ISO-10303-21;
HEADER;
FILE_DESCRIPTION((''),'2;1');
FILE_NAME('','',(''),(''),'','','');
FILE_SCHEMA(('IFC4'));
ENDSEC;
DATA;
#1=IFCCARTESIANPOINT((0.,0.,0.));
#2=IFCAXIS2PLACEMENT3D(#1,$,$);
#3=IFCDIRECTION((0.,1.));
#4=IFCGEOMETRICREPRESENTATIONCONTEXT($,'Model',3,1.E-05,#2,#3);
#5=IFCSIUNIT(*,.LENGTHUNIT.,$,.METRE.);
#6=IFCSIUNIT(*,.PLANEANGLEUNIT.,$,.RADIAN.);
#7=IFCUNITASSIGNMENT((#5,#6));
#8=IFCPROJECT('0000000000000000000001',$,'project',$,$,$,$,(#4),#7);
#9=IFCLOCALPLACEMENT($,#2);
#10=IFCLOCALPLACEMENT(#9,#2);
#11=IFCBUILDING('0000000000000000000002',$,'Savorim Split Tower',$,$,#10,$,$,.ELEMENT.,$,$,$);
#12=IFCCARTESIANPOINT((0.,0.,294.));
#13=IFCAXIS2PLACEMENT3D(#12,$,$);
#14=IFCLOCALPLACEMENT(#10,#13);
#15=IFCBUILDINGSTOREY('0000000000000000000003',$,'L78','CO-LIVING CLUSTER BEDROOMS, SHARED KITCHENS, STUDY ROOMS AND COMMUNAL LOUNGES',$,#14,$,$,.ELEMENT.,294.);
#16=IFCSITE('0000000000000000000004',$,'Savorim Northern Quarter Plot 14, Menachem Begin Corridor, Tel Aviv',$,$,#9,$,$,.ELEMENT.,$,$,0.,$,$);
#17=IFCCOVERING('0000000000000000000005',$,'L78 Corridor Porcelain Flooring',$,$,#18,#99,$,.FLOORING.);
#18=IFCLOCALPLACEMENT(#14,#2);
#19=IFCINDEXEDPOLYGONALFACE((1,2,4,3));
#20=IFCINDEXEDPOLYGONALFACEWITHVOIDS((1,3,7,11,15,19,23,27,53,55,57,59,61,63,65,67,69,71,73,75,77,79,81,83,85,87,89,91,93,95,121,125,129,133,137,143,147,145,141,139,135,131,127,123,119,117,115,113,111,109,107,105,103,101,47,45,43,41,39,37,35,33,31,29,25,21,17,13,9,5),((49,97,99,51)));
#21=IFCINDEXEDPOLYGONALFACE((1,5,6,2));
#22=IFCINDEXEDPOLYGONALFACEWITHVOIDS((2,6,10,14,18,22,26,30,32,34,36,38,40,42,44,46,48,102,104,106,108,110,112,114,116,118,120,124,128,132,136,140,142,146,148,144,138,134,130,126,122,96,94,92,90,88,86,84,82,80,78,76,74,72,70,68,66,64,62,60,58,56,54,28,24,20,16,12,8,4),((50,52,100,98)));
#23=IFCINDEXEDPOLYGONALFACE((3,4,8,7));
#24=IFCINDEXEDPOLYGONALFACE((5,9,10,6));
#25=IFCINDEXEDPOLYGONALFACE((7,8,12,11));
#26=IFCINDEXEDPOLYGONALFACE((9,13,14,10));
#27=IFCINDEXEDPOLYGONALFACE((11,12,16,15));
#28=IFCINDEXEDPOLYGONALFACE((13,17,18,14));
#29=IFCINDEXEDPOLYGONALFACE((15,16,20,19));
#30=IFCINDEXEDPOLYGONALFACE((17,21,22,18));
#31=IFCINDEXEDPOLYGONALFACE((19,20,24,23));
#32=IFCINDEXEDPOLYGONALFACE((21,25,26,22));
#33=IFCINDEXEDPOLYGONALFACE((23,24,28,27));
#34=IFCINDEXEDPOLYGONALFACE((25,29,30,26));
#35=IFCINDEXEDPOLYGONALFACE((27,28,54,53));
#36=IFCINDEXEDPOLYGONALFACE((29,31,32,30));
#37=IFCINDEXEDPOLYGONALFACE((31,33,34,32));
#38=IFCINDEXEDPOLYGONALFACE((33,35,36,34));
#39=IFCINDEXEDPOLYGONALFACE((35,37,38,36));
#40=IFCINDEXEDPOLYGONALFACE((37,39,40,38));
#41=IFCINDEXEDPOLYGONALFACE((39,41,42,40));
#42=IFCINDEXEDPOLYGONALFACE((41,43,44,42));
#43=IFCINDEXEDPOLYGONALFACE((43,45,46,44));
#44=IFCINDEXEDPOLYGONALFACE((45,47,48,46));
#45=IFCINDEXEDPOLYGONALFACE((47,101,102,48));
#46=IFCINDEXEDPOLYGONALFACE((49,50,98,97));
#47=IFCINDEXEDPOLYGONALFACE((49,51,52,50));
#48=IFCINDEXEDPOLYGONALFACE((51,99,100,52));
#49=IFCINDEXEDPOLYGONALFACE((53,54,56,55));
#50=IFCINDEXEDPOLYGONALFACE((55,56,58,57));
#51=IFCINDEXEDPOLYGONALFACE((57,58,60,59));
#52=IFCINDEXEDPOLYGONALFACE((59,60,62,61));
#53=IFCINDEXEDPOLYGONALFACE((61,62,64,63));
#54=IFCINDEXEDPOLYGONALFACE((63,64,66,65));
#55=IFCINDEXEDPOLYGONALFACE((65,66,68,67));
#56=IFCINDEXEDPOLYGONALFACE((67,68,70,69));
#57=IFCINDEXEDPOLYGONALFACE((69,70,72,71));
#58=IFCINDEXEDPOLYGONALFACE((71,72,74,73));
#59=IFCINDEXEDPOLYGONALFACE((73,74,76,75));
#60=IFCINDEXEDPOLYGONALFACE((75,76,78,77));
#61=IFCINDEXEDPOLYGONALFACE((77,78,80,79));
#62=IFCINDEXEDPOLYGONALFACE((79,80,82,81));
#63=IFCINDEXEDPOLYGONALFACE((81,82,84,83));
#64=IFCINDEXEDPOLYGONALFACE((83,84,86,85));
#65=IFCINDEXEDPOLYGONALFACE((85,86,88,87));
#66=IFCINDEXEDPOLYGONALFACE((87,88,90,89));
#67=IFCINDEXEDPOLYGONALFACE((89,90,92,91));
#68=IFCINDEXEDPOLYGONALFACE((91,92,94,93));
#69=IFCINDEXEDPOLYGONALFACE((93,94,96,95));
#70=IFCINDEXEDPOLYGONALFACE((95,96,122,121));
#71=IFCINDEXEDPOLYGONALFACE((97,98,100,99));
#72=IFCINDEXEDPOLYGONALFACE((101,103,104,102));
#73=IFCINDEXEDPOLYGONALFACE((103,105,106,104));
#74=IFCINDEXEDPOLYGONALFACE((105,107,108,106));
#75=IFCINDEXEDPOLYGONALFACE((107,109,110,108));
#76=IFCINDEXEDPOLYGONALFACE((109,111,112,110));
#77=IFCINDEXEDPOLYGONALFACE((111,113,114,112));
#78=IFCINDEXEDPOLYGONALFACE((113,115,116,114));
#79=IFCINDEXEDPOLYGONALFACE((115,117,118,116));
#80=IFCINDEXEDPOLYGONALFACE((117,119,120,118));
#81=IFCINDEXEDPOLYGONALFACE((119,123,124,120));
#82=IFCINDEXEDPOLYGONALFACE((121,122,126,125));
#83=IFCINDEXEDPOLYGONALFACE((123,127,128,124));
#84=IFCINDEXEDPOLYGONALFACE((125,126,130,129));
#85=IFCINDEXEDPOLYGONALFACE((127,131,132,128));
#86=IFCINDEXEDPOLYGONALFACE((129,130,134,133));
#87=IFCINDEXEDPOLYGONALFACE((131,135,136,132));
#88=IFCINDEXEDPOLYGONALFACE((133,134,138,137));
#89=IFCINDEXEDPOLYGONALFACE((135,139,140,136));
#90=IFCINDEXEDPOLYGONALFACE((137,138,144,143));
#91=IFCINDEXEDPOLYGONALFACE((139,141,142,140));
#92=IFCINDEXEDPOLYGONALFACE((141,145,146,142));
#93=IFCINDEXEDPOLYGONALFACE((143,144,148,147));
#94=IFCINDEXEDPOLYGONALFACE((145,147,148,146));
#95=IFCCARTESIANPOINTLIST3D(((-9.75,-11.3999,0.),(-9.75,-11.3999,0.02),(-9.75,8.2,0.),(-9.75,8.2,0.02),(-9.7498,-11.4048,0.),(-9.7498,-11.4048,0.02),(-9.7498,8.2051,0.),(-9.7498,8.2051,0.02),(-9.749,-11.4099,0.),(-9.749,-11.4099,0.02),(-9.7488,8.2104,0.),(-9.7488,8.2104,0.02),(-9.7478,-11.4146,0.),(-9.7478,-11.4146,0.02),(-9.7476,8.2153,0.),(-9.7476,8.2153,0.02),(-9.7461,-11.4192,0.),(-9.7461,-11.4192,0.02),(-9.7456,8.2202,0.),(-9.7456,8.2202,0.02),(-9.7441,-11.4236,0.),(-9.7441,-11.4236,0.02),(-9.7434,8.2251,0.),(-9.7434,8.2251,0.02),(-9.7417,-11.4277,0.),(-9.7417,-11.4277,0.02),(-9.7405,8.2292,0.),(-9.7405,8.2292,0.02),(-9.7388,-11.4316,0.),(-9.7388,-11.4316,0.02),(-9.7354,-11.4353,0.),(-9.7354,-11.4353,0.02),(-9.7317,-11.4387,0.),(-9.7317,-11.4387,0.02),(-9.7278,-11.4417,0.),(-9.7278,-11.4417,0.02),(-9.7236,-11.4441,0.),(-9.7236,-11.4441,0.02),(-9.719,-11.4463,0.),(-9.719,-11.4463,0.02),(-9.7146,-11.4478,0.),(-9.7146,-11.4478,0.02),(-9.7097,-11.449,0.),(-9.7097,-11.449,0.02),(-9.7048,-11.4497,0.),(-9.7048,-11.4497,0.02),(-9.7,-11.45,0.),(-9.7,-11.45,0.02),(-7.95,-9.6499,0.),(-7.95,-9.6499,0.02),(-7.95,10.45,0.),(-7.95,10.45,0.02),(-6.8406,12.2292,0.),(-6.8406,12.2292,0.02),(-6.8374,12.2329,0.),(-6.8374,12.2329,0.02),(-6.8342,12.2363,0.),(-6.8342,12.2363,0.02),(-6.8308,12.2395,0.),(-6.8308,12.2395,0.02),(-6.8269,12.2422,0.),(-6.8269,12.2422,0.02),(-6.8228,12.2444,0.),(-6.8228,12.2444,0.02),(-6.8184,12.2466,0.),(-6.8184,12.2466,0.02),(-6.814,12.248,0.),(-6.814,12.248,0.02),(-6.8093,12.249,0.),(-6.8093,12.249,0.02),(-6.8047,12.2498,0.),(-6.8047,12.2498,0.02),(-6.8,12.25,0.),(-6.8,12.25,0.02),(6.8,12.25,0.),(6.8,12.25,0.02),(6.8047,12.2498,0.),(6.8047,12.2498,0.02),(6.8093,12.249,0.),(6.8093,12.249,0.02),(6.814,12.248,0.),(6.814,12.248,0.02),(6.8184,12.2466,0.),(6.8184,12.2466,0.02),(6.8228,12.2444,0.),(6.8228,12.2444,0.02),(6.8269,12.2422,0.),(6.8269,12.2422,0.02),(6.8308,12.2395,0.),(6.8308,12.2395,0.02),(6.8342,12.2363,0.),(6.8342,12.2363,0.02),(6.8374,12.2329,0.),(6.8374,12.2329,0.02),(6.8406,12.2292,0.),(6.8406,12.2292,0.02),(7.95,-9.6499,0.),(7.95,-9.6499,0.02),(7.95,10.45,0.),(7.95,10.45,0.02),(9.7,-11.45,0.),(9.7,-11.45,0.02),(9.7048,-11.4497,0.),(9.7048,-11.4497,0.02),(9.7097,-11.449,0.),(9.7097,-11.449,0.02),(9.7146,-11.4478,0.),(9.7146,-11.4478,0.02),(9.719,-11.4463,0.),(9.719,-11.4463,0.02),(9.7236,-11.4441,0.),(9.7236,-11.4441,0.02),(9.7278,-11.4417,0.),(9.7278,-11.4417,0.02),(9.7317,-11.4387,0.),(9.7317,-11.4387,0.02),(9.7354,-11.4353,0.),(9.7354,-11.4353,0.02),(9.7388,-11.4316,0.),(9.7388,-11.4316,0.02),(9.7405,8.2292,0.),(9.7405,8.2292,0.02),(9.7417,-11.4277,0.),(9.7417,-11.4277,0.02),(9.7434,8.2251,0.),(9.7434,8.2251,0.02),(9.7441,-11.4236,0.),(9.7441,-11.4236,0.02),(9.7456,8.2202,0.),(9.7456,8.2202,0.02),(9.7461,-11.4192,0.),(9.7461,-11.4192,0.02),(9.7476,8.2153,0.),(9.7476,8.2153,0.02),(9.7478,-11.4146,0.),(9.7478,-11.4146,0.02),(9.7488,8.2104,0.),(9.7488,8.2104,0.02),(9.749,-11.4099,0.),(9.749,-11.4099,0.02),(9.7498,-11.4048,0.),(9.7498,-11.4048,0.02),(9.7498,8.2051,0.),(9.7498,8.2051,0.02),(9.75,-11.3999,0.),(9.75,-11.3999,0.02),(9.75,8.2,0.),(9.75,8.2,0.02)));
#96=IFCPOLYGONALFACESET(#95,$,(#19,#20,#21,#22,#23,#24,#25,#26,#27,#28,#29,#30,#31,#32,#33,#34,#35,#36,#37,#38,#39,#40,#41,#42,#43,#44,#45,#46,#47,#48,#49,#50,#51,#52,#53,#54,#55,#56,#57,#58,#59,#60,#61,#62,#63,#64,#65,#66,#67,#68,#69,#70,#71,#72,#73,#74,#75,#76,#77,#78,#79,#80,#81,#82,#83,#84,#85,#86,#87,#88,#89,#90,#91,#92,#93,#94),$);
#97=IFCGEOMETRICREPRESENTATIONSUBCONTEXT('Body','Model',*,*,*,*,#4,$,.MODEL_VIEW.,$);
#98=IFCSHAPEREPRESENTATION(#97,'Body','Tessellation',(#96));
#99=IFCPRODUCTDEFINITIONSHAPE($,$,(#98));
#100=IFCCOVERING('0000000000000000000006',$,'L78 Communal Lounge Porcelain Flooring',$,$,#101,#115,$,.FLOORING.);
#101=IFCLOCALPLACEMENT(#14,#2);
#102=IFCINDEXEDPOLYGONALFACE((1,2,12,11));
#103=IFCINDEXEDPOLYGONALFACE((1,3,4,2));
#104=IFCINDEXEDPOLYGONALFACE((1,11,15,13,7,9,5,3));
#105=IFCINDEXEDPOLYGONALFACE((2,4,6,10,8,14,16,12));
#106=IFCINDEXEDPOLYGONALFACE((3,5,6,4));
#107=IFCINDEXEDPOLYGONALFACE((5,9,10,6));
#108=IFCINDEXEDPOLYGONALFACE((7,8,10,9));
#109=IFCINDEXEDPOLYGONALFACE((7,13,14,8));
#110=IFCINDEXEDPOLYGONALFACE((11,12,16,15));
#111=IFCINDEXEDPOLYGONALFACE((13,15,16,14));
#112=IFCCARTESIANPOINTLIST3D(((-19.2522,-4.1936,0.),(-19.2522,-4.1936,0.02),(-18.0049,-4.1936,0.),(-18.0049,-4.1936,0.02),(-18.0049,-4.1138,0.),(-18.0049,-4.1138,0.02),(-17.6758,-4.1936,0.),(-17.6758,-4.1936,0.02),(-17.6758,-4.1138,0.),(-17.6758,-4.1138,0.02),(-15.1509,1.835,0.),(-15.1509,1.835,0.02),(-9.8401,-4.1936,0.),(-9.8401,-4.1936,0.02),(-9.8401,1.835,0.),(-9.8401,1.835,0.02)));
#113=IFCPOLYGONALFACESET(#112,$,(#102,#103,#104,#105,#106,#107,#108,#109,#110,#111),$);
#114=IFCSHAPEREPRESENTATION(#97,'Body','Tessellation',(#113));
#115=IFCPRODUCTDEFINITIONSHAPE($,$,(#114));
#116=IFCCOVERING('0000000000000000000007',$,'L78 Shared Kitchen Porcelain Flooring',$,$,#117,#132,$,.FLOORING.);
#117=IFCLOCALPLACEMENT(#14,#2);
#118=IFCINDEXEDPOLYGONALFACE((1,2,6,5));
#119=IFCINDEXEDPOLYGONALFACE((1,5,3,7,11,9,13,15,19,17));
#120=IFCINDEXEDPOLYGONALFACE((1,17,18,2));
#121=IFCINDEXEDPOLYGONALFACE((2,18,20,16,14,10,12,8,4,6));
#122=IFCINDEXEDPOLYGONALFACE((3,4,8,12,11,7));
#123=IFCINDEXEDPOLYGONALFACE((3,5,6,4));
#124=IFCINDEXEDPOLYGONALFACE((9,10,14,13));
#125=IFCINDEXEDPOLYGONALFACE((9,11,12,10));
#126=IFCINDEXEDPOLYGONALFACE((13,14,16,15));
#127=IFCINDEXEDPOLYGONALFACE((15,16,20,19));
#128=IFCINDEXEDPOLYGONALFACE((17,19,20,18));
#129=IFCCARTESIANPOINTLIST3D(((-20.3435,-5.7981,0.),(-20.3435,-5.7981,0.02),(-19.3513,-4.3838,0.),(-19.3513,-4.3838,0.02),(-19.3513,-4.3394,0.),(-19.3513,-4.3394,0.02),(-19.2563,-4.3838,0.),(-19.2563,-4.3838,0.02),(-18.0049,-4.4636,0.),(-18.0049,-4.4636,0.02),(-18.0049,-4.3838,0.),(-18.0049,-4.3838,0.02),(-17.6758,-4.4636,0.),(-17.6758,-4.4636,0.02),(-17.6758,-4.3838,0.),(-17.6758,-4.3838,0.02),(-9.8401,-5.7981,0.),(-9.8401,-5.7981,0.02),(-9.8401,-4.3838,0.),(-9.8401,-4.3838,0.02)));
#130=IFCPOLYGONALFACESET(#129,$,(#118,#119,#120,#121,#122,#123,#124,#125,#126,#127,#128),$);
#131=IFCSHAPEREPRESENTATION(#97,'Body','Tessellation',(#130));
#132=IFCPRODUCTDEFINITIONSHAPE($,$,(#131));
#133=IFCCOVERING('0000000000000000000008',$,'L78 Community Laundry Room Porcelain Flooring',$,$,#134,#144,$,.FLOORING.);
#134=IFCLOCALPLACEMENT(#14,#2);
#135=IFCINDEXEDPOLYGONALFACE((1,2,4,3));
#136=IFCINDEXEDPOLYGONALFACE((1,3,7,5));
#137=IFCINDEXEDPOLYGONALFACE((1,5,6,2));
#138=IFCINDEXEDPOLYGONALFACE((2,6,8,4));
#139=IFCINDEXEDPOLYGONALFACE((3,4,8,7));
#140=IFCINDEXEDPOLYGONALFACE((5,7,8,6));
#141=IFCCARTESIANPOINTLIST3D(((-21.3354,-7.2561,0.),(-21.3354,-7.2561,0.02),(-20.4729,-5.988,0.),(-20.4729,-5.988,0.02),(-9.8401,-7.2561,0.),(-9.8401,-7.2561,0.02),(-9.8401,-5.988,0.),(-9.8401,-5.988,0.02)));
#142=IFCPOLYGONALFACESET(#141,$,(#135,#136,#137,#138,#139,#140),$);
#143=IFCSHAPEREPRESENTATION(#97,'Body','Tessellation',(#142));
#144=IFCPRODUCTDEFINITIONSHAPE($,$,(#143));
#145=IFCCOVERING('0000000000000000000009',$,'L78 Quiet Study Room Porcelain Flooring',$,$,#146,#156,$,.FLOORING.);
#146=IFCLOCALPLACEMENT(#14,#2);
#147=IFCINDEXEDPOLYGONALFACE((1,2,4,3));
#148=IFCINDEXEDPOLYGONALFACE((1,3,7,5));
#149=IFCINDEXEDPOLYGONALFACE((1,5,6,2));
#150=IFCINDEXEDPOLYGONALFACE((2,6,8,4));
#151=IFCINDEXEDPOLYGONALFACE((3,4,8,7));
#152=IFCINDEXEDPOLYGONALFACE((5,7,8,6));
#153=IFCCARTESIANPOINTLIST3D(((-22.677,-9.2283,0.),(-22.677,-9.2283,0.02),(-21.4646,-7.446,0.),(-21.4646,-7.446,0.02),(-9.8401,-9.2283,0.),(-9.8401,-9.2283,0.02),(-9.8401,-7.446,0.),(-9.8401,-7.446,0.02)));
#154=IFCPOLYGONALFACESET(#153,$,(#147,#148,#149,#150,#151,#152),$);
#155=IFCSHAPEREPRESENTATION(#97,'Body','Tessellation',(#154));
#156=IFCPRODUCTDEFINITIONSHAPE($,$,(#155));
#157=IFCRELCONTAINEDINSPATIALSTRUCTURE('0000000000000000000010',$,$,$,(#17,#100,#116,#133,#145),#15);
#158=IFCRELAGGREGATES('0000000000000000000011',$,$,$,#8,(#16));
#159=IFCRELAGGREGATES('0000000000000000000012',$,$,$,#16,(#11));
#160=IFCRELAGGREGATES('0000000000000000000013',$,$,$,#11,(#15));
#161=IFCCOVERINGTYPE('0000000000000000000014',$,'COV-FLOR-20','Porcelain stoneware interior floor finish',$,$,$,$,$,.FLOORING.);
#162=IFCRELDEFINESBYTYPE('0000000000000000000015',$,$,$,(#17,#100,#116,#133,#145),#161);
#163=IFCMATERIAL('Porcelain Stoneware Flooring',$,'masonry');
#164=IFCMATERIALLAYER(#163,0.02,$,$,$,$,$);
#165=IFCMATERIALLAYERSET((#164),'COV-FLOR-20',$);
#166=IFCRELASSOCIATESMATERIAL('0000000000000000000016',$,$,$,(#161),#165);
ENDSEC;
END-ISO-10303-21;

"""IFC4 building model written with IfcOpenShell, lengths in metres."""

from ifc_helpers import new_model, si_unit, direction, frame, origin, place, context, subcontext, project, spatial, polyline, outline, extrude, material, layer, layer_set, type_object, element, save


model = new_model("IFC4")

# Units and contexts
model_context = context("Model", 3, precision=1e-05, world=origin(), true_north=direction((0.0, 1.0)))
body_context = subcontext(model_context, "Body", "Model", "MODEL_VIEW")
ifc_project = project(units=[si_unit("LENGTHUNIT", "METRE"), si_unit("PLANEANGLEUNIT", "RADIAN")], contexts=[model_context])

# Site, building, storey
site_placement = place(None, origin())
site = spatial("IfcSite", under=ifc_project, at=site_placement, Name="Savorim Northern Quarter Plot 14, Menachem Begin Corridor, Tel Aviv", CompositionType="ELEMENT", RefElevation=0.0)
building_placement = place(site_placement, origin())
building = spatial("IfcBuilding", under=site, at=building_placement, Name="Savorim Split Tower", CompositionType="ELEMENT")
storey_placement = place(building_placement, frame((0.0, 0.0, 294.0)))
storey = spatial("IfcBuildingStorey", under=building, at=storey_placement, Name="L78", Description="CO-LIVING CLUSTER BEDROOMS, SHARED KITCHENS, STUDY ROOMS AND COMMUNAL LOUNGES", CompositionType="ELEMENT", Elevation=294.0)

# Coverings
ifc_material_1 = material(Name="Porcelain Stoneware Flooring", Category="masonry")
ifc_layer_1 = layer(ifc_material_1, 0.02)
ifc_layer_set_1 = layer_set([ifc_layer_1], Name="COV-FLOR-20")
covering_type_1 = type_object("IfcCoveringType", Name="COV-FLOR-20", Description="Porcelain stoneware interior floor finish", PredefinedType="FLOORING", material=ifc_layer_set_1)
covering_1_placement = place(storey_placement, origin())
element("IfcCovering", 1, at=covering_1_placement, inside=storey, type_object=covering_type_1, Name="L78 Corridor Porcelain Flooring", PredefinedType="FLOORING", context=body_context, shape_type="SweptSolid", body=[
    extrude(outline(polyline([(6.8093, 12.249), (6.8047, 12.2498), (6.8, 12.25), (-6.8, 12.25), (-6.8047, 12.2498), (-6.8093, 12.249), (-6.814, 12.248), (-6.8184, 12.2466), (-6.8228, 12.2444), (-6.8269, 12.2422), (-6.8308, 12.2395), (-6.8342, 12.2363), (-6.8374, 12.2329), (-6.8406, 12.2292), (-9.7405, 8.2292), (-9.7434, 8.2251), (-9.7456, 8.2202), (-9.7476, 8.2153), (-9.7488, 8.2104), (-9.7498, 8.2051), (-9.75, 8.2), (-9.75, -11.3999), (-9.7498, -11.4048), (-9.749, -11.4099), (-9.7478, -11.4146), (-9.7461, -11.4192), (-9.7441, -11.4236), (-9.7417, -11.4277), (-9.7388, -11.4316), (-9.7354, -11.4353), (-9.7317, -11.4387), (-9.7278, -11.4417), (-9.7236, -11.4441), (-9.719, -11.4463), (-9.7146, -11.4478), (-9.7097, -11.449), (-9.7048, -11.4497), (-9.7, -11.45), (9.7, -11.45), (9.7048, -11.4497), (9.7097, -11.449), (9.7146, -11.4478), (9.719, -11.4463), (9.7236, -11.4441), (9.7278, -11.4417), (9.7317, -11.4387), (9.7354, -11.4353), (9.7388, -11.4316), (9.7417, -11.4277), (9.7441, -11.4236), (9.7461, -11.4192), (9.7478, -11.4146), (9.749, -11.4099), (9.7498, -11.4048), (9.75, -11.3999), (9.75, 8.2), (9.7498, 8.2051), (9.7488, 8.2104), (9.7476, 8.2153), (9.7456, 8.2202), (9.7434, 8.2251), (9.7405, 8.2292), (6.8406, 12.2292), (6.8374, 12.2329), (6.8342, 12.2363), (6.8308, 12.2395), (6.8269, 12.2422), (6.8228, 12.2444), (6.8184, 12.2466), (6.814, 12.248), (6.8093, 12.249)]), holes=[polyline([(-7.95, 10.45), (-7.95, -9.6499), (7.95, -9.6499), (7.95, 10.45), (-7.95, 10.45)])]), origin(), (0.0, 0.0, 1.0), 0.02),
])
covering_2_placement = place(storey_placement, origin())
element("IfcCovering", 2, at=covering_2_placement, inside=storey, type_object=covering_type_1, Name="L78 Communal Lounge Porcelain Flooring", PredefinedType="FLOORING", context=body_context, shape_type="SweptSolid", body=[
    extrude(outline(polyline([(-17.6758, -4.1138), (-17.6758, -4.1936), (-9.8401, -4.1936), (-9.8401, 1.835), (-15.1509, 1.835), (-19.2522, -4.1936), (-18.0049, -4.1936), (-18.0049, -4.1138), (-17.6758, -4.1138)])), origin(), (0.0, 0.0, 1.0), 0.02),
])
covering_3_placement = place(storey_placement, origin())
element("IfcCovering", 3, at=covering_3_placement, inside=storey, type_object=covering_type_1, Name="L78 Shared Kitchen Porcelain Flooring", PredefinedType="FLOORING", context=body_context, shape_type="SweptSolid", body=[
    extrude(outline(polyline([(-19.2563, -4.3838), (-19.3513, -4.3838), (-19.3513, -4.3394), (-20.3435, -5.7981), (-9.8401, -5.7981), (-9.8401, -4.3838), (-17.6758, -4.3838), (-17.6758, -4.4636), (-18.0049, -4.4636), (-18.0049, -4.3838), (-19.2563, -4.3838)])), origin(), (0.0, 0.0, 1.0), 0.02),
])
covering_4_placement = place(storey_placement, origin())
element("IfcCovering", 4, at=covering_4_placement, inside=storey, type_object=covering_type_1, Name="L78 Community Laundry Room Porcelain Flooring", PredefinedType="FLOORING", context=body_context, shape_type="SweptSolid", body=[
    extrude(outline(polyline([(-9.8401, -7.2561), (-9.8401, -5.988), (-20.4729, -5.988), (-21.3354, -7.2561), (-9.8401, -7.2561)])), origin(), (0.0, 0.0, 1.0), 0.02),
])
covering_5_placement = place(storey_placement, origin())
element("IfcCovering", 5, at=covering_5_placement, inside=storey, type_object=covering_type_1, Name="L78 Quiet Study Room Porcelain Flooring", PredefinedType="FLOORING", context=body_context, shape_type="SweptSolid", body=[
    extrude(outline(polyline([(-9.8401, -9.2283), (-9.8401, -7.446), (-21.4646, -7.446), (-22.677, -9.2283), (-9.8401, -9.2283)])), origin(), (0.0, 0.0, 1.0), 0.02),
])

save(model, "model.ifc")
